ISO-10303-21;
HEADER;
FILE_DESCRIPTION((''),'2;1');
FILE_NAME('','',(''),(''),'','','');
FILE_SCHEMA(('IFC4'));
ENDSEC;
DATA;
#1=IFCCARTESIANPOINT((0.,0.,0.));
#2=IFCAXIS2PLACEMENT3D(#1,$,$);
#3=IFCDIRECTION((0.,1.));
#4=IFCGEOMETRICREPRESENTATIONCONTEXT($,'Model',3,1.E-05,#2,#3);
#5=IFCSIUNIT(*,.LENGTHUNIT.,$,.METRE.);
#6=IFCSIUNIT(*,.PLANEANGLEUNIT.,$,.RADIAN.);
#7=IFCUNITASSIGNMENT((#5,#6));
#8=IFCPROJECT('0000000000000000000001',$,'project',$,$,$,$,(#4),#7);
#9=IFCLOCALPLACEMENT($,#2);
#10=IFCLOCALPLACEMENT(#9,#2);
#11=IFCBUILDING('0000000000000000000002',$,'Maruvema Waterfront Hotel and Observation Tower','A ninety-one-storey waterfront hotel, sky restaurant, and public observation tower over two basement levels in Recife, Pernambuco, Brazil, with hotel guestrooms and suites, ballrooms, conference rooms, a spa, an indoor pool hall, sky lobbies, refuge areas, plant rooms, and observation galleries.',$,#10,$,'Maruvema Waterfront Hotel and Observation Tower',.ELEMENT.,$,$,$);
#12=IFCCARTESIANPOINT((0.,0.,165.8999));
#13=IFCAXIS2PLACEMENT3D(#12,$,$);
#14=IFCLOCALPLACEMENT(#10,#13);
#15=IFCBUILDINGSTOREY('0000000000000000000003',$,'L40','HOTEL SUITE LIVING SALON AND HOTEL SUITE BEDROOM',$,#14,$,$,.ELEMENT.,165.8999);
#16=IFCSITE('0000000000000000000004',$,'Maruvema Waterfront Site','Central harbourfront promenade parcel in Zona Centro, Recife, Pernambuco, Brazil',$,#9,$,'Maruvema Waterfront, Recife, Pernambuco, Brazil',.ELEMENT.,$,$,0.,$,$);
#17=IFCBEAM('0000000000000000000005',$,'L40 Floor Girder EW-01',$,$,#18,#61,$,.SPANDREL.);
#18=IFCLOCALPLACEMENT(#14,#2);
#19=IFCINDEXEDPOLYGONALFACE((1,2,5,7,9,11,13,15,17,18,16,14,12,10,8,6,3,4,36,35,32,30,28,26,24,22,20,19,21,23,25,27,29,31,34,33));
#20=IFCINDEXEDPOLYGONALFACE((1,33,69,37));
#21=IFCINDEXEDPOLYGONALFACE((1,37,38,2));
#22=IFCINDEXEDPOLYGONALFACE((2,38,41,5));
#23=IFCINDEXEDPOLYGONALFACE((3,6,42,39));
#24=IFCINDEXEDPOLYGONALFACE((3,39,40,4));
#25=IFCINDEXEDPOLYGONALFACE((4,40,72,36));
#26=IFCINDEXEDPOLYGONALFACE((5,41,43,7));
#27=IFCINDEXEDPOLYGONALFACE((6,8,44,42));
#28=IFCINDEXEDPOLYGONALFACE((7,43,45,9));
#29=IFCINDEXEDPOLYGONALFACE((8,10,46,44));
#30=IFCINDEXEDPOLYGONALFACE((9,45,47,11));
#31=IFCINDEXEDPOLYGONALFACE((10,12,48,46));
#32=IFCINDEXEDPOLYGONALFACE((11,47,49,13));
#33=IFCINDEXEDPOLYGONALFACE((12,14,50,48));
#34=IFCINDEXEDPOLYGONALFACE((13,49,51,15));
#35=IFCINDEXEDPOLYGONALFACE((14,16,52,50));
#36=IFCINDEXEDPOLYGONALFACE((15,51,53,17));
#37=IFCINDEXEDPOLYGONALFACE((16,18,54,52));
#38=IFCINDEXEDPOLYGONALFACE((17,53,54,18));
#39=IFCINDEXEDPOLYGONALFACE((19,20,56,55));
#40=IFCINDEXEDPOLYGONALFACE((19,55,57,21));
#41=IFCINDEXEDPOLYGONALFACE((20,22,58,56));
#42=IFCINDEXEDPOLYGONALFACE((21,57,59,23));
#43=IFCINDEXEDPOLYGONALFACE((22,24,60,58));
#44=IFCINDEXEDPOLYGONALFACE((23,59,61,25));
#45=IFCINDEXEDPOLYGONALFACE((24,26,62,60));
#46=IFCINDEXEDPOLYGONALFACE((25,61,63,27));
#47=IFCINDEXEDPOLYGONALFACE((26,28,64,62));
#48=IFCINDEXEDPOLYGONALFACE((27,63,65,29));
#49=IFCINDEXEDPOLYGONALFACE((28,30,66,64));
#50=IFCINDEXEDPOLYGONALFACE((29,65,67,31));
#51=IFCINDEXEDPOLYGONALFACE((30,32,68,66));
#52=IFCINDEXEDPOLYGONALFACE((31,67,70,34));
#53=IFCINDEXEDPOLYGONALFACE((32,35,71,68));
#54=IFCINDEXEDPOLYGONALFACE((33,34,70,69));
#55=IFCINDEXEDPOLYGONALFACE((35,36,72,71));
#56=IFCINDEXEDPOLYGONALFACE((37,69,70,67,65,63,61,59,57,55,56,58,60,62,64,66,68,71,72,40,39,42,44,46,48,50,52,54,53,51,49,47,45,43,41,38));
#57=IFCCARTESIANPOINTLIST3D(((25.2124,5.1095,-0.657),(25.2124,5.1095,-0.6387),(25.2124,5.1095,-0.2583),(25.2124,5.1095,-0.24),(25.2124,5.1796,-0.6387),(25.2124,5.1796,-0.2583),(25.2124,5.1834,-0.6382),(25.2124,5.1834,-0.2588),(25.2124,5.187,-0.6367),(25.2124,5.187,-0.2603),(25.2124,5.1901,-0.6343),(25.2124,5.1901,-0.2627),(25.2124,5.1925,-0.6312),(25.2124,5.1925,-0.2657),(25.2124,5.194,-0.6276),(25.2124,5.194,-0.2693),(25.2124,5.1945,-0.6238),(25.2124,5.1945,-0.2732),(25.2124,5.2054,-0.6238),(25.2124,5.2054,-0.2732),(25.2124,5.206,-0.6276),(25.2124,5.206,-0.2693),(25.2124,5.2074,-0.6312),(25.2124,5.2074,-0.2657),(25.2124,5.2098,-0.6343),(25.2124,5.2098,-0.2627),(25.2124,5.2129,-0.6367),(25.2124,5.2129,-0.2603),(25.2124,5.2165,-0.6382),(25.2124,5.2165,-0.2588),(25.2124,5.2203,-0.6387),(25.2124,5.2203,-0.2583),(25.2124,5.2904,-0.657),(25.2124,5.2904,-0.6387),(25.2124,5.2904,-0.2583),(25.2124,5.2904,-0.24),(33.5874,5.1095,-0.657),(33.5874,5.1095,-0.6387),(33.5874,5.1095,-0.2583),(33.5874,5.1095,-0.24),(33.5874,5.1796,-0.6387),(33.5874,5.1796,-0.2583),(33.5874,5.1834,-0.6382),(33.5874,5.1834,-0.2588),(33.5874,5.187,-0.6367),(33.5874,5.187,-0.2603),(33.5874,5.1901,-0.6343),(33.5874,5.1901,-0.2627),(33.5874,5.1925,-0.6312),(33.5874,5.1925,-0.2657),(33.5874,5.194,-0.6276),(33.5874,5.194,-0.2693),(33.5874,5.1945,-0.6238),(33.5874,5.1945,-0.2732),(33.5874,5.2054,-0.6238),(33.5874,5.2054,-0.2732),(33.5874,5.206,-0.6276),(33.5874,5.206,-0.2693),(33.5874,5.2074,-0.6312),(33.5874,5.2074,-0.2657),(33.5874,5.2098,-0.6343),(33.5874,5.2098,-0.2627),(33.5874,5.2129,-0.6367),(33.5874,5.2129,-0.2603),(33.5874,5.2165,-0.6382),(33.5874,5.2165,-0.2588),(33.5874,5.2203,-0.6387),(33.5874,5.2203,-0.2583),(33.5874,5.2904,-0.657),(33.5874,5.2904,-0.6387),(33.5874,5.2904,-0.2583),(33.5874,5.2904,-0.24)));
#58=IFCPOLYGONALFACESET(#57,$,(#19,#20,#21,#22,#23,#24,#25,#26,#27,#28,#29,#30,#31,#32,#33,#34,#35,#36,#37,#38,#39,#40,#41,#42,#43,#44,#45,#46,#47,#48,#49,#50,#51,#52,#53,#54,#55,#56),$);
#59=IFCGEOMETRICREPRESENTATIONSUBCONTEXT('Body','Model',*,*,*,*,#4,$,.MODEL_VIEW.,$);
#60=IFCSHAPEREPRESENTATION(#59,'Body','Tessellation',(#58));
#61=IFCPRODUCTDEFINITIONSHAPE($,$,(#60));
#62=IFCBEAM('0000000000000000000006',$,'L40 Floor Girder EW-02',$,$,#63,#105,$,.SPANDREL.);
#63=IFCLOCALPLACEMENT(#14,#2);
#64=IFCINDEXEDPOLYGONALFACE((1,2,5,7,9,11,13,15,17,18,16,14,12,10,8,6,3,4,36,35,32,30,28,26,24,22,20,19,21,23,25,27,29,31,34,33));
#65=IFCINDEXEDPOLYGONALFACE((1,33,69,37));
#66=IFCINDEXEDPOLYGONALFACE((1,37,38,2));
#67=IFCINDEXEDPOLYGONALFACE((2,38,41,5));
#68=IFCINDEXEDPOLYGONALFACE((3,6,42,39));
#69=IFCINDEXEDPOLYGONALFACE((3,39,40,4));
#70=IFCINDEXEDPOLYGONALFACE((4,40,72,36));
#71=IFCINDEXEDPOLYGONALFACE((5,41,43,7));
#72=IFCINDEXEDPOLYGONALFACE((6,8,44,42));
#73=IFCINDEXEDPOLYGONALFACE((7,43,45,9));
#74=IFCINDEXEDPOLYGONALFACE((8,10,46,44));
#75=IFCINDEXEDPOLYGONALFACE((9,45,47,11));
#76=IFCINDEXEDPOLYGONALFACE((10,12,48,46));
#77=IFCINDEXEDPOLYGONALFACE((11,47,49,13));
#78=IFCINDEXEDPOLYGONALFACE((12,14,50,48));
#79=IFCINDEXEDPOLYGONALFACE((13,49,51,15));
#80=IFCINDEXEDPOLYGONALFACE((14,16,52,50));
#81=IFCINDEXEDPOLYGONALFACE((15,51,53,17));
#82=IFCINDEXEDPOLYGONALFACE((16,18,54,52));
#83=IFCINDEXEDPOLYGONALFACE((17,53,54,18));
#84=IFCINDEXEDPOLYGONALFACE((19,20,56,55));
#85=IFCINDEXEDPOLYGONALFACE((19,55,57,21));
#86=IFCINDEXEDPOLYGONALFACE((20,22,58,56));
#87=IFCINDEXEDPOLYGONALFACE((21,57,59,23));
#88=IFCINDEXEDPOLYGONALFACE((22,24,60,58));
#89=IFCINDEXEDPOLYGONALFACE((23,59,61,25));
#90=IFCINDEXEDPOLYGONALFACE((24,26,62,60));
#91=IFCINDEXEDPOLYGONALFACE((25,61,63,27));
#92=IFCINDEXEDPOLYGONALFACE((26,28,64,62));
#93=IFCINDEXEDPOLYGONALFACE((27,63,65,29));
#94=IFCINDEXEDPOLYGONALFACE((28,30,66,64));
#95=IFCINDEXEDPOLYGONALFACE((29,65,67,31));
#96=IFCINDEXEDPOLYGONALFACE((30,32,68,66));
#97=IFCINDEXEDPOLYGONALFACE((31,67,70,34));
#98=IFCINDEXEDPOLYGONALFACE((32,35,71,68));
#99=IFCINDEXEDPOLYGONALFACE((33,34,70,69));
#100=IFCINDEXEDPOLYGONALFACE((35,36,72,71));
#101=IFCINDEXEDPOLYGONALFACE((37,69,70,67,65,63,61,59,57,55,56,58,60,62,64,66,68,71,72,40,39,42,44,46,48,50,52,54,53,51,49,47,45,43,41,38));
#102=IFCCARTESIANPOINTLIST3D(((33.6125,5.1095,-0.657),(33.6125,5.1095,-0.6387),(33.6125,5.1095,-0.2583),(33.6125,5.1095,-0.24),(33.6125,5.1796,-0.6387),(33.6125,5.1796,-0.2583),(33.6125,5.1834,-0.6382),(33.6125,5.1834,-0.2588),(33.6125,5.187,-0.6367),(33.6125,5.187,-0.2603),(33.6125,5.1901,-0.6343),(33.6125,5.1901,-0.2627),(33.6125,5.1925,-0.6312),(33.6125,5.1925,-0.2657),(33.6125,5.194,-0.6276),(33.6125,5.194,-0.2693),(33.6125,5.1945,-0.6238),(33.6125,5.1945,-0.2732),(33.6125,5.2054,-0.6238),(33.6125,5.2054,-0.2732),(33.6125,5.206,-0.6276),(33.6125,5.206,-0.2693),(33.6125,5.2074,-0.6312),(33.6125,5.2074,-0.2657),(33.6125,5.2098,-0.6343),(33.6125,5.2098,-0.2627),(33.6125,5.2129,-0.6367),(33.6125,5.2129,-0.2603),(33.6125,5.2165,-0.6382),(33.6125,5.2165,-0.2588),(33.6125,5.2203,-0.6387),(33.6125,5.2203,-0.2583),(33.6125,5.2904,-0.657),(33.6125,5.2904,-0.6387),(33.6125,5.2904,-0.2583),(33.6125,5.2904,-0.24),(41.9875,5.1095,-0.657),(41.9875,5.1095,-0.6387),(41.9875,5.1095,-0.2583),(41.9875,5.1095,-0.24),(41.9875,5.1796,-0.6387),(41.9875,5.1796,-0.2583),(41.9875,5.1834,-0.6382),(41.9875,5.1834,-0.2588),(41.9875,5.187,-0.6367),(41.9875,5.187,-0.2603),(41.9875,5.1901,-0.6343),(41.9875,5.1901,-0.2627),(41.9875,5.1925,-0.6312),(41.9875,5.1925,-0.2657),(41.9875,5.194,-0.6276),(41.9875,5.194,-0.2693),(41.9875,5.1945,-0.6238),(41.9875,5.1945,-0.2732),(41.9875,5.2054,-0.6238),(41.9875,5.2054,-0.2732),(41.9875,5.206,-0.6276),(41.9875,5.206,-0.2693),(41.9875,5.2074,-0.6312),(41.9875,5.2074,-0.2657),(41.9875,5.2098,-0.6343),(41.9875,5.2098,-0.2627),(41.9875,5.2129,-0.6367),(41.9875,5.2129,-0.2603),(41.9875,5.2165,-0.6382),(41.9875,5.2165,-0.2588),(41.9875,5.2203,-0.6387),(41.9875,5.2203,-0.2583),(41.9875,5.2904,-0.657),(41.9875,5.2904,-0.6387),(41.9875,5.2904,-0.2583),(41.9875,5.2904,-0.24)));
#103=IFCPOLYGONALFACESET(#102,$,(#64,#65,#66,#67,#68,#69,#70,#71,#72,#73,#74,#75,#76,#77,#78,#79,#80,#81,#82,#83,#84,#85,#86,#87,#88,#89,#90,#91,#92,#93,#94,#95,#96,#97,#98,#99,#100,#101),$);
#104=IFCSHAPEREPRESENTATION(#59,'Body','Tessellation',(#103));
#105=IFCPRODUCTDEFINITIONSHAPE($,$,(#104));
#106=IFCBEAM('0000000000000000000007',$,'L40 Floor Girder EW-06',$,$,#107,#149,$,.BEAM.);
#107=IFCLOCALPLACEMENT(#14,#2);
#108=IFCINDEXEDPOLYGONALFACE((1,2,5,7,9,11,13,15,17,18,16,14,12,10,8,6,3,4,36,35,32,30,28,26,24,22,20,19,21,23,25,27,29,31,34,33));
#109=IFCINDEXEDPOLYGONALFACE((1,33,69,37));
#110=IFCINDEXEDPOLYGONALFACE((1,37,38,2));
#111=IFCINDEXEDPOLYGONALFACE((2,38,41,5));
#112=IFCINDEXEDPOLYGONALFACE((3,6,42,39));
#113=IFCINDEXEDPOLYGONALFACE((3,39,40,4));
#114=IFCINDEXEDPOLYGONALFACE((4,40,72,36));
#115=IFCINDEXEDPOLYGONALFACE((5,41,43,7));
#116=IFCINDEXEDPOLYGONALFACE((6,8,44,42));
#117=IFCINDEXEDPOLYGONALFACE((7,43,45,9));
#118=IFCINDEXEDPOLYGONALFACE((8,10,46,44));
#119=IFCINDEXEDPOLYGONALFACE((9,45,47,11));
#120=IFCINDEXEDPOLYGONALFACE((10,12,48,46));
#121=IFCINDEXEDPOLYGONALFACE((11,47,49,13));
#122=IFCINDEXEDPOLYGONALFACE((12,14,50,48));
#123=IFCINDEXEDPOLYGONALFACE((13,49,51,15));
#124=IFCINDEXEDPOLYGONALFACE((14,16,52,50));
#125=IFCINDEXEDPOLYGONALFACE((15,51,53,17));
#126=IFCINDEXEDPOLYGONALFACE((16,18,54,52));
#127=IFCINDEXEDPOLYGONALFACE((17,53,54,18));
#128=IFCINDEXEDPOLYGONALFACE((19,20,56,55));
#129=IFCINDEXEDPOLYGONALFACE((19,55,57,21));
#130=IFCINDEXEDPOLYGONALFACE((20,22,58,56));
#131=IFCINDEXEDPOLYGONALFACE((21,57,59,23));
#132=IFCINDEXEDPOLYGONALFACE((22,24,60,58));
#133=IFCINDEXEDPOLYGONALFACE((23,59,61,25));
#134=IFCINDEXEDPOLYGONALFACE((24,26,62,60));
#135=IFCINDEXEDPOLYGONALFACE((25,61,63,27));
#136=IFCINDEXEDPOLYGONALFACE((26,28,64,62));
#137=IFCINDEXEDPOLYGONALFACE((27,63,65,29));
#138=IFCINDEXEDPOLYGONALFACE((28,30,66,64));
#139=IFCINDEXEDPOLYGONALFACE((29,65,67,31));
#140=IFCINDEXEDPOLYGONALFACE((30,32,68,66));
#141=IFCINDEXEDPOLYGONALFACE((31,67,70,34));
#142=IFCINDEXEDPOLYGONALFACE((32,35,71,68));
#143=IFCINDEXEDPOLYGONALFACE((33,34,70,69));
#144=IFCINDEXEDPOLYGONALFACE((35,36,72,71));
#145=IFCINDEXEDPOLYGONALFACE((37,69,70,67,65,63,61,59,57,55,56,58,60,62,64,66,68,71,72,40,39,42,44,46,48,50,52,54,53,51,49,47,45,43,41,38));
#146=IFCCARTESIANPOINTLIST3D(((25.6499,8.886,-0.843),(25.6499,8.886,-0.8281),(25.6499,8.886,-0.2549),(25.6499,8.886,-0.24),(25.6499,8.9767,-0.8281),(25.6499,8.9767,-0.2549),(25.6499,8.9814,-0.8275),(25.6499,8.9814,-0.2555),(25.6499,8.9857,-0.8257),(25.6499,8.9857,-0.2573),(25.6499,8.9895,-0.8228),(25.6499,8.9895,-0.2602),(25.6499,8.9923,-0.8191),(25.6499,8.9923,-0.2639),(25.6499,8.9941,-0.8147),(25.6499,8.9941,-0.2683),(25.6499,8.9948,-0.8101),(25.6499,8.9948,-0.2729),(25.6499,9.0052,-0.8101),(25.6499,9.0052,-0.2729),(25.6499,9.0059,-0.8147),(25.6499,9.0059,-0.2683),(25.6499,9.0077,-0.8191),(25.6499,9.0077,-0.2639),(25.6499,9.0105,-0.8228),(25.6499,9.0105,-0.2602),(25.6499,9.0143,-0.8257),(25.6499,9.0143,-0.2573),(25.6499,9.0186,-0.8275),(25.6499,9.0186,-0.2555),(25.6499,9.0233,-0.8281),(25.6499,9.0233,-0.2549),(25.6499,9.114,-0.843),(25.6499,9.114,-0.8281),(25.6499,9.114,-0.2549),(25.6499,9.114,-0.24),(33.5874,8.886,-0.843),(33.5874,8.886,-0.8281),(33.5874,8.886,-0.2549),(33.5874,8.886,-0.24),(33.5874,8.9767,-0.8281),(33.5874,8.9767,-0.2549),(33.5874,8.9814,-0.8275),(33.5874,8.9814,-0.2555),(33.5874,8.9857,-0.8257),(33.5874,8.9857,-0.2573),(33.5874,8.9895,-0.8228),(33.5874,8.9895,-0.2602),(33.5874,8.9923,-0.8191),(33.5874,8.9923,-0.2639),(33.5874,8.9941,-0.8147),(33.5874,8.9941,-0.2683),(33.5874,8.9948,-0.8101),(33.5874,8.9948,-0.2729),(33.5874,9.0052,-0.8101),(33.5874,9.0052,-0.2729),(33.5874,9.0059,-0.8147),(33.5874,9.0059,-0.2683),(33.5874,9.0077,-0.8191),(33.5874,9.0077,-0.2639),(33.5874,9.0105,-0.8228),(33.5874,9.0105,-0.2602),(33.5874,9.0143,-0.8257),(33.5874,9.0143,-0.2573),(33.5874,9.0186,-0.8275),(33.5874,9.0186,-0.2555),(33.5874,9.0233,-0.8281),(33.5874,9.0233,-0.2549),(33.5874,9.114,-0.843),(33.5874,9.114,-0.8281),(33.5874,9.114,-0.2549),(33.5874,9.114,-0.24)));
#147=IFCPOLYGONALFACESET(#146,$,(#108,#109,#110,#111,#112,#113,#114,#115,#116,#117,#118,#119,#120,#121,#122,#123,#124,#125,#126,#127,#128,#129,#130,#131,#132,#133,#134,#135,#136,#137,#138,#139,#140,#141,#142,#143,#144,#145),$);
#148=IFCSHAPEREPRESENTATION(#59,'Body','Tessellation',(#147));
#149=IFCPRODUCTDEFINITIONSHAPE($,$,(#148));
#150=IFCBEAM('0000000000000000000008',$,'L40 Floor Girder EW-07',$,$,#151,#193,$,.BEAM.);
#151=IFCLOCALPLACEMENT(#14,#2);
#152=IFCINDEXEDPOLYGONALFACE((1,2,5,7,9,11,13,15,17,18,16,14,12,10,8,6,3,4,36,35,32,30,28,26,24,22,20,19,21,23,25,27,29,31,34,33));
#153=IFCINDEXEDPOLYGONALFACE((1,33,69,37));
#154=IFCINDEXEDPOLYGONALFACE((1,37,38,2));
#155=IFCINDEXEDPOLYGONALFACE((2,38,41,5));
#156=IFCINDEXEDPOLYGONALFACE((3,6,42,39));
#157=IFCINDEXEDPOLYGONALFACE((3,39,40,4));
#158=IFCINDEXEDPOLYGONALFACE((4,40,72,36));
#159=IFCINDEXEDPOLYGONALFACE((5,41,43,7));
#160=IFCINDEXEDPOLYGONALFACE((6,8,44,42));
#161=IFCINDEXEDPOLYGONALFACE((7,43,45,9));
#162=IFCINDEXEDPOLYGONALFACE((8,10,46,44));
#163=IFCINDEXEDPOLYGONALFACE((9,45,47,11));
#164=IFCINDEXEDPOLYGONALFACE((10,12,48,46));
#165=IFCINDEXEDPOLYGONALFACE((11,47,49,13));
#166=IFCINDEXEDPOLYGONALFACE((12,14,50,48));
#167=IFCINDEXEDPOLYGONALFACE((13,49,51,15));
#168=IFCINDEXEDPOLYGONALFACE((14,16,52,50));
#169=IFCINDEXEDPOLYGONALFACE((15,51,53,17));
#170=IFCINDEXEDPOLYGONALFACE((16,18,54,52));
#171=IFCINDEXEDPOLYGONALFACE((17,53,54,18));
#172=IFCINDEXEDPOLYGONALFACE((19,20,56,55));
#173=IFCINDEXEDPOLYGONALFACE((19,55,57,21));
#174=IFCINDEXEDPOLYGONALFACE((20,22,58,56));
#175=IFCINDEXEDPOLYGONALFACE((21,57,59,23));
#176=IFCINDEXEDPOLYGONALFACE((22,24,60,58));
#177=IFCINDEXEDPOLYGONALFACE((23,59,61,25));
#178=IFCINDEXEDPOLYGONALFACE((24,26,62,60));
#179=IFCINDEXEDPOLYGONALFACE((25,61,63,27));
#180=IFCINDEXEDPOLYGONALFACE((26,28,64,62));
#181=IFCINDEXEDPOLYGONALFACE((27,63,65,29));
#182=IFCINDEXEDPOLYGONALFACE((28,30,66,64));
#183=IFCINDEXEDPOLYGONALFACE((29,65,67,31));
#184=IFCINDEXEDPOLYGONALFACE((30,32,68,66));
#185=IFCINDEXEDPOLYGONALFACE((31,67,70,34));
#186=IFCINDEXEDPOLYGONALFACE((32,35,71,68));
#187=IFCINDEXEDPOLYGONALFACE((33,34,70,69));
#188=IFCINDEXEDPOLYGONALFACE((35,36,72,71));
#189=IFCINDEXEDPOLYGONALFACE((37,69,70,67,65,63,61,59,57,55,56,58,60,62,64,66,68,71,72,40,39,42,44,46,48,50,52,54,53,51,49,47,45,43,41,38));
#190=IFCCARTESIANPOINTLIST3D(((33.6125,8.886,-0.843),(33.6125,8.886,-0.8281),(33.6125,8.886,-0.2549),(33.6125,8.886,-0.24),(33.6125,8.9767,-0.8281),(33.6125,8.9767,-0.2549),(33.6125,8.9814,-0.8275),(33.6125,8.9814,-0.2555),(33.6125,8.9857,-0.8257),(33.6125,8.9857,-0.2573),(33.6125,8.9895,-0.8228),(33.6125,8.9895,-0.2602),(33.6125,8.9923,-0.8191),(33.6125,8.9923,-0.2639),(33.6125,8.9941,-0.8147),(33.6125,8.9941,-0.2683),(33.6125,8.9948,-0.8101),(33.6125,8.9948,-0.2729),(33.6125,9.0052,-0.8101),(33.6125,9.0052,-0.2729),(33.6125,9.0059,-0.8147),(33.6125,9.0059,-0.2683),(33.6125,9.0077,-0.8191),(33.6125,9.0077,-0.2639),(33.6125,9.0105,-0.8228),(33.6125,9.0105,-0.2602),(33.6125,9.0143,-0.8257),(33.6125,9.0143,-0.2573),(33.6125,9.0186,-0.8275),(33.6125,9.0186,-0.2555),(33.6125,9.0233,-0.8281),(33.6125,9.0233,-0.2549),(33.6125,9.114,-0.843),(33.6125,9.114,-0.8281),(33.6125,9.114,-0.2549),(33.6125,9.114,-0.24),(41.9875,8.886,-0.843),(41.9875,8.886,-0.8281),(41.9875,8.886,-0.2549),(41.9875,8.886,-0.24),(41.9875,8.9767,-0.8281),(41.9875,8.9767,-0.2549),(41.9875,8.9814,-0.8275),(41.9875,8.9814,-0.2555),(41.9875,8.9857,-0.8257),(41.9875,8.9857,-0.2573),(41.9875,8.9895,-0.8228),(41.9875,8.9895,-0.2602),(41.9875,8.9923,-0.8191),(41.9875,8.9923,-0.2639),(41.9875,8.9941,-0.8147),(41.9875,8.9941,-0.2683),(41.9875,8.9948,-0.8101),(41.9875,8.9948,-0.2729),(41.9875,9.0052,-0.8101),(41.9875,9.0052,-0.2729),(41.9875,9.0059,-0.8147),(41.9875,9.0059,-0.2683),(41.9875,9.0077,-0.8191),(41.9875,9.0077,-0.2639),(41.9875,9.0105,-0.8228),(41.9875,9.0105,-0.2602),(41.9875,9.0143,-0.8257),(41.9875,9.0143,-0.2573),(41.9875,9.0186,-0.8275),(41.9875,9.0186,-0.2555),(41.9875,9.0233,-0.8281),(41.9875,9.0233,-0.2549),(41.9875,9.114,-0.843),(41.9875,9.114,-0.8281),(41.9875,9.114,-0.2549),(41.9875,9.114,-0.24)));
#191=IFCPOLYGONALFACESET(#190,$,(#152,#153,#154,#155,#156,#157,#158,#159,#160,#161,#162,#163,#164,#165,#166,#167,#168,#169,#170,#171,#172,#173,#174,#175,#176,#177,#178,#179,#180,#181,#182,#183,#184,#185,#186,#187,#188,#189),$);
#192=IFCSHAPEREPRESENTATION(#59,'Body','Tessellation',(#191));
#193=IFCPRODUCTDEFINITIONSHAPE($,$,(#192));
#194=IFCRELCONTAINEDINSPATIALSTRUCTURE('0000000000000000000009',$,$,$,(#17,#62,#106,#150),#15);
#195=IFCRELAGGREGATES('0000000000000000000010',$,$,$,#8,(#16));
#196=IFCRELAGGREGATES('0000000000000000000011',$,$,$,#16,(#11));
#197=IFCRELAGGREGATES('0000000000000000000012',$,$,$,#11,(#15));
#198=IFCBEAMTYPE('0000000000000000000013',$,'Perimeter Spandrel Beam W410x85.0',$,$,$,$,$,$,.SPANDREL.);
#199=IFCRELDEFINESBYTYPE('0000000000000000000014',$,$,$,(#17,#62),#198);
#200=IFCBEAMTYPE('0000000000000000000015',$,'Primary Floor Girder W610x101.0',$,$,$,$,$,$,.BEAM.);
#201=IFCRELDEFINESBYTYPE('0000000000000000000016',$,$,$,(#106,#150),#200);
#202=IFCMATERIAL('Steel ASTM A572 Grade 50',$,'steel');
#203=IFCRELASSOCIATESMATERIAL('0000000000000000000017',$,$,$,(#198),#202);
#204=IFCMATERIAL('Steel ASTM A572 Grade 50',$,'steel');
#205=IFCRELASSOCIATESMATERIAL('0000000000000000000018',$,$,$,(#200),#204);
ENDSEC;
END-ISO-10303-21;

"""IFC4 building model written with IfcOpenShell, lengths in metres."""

from ifc_helpers import new_model, si_unit, direction, frame, origin, origin_2d, place, context, subcontext, project, spatial, i_section, extrude, material, material_profile, profile_set, type_object, element, save


model = new_model("IFC4")

# Units and contexts
model_context = context("Model", 3, precision=1e-05, world=origin(), true_north=direction((0.0, 1.0)))
body_context = subcontext(model_context, "Body", "Model", "MODEL_VIEW")
ifc_project = project(units=[si_unit("LENGTHUNIT", "METRE"), si_unit("PLANEANGLEUNIT", "RADIAN")], contexts=[model_context])

# Site, building, storey
site_placement = place(None, origin())
site = spatial("IfcSite", under=ifc_project, at=site_placement, Name="Maruvema Waterfront Site", Description="Central harbourfront promenade parcel in Zona Centro, Recife, Pernambuco, Brazil", LongName="Maruvema Waterfront, Recife, Pernambuco, Brazil", CompositionType="ELEMENT", RefElevation=0.0)
building_placement = place(site_placement, origin())
building = spatial("IfcBuilding", under=site, at=building_placement, Name="Maruvema Waterfront Hotel and Observation Tower", Description="A ninety-one-storey waterfront hotel, sky restaurant, and public observation tower over two basement levels in Recife, Pernambuco, Brazil, with hotel guestrooms and suites, ballrooms, conference rooms, a spa, an indoor pool hall, sky lobbies, refuge areas, plant rooms, and observation galleries.", LongName="Maruvema Waterfront Hotel and Observation Tower", CompositionType="ELEMENT")
storey_placement = place(building_placement, frame((0.0, 0.0, 165.8999)))
storey = spatial("IfcBuildingStorey", under=building, at=storey_placement, Name="L40", Description="HOTEL SUITE LIVING SALON AND HOTEL SUITE BEDROOM", CompositionType="ELEMENT", Elevation=165.8999)

# Beams
ifc_material_1 = material(Name="Steel ASTM A572 Grade 50", Category="steel")
ifc_material_profile_1 = material_profile(ifc_material_1, i_section(OverallWidth=0.1809, OverallDepth=0.417, WebThickness=0.011, FlangeThickness=0.0183, FilletRadius=0.0149, at=origin_2d()), Name="W410x85.0")
ifc_profile_set_1 = profile_set([ifc_material_profile_1], Name="Steel ASTM A572 Grade 50")
beam_type_1 = type_object("IfcBeamType", Name="Perimeter Spandrel Beam W410x85.0", PredefinedType="SPANDREL", material=ifc_profile_set_1)
for number, where, z_axis, x_axis, name in (
    (1, (25.2124, 5.2, -0.4485), (1.0, 0.0, 0.0), (0.0, 1.0, 0.0), "L40 Floor Girder EW-01"),
    (2, (33.6125, 5.2, -0.4485), (1.0, 0.0, 0.0), (0.0, 1.0, 0.0), "L40 Floor Girder EW-02"),
):
    element("IfcBeam", number, at=place(storey_placement, frame(where, z_axis=z_axis, x_axis=x_axis)), inside=storey, type_object=beam_type_1, Name=name, PredefinedType="SPANDREL", context=body_context, shape_type="SweptSolid", body=[
        extrude(i_section(OverallWidth=0.1809, OverallDepth=0.417, WebThickness=0.011, FlangeThickness=0.0183, FilletRadius=0.0149, at=origin_2d()), origin(), (0.0, 0.0, 1.0), 8.375),
    ])
ifc_material_2 = material(Name="Steel ASTM A572 Grade 50", Category="steel")
ifc_material_profile_2 = material_profile(ifc_material_2, i_section(OverallWidth=0.228, OverallDepth=0.603, WebThickness=0.0105, FlangeThickness=0.0149, FilletRadius=0.0181, at=origin_2d()), Name="W610x101.0")
ifc_profile_set_2 = profile_set([ifc_material_profile_2], Name="Steel ASTM A572 Grade 50")
beam_type_2 = type_object("IfcBeamType", Name="Primary Floor Girder W610x101.0", PredefinedType="BEAM", material=ifc_profile_set_2)
beam_1_placement = place(storey_placement, frame((25.6499, 9.0, -0.5415), z_axis=(1.0, 0.0, 0.0), x_axis=(0.0, 1.0, 0.0)))
element("IfcBeam", 3, at=beam_1_placement, inside=storey, type_object=beam_type_2, Name="L40 Floor Girder EW-06", PredefinedType="BEAM", context=body_context, shape_type="SweptSolid", body=[
    extrude(i_section(OverallWidth=0.228, OverallDepth=0.603, WebThickness=0.0105, FlangeThickness=0.0149, FilletRadius=0.0181, at=origin_2d()), origin(), (0.0, 0.0, 1.0), 7.9375),
])
beam_2_placement = place(storey_placement, frame((33.6125, 9.0, -0.5415), z_axis=(1.0, 0.0, 0.0), x_axis=(0.0, 1.0, 0.0)))
element("IfcBeam", 4, at=beam_2_placement, inside=storey, type_object=beam_type_2, Name="L40 Floor Girder EW-07", PredefinedType="BEAM", context=body_context, shape_type="SweptSolid", body=[
    extrude(i_section(OverallWidth=0.228, OverallDepth=0.603, WebThickness=0.0105, FlangeThickness=0.0149, FilletRadius=0.0181, at=origin_2d()), origin(), (0.0, 0.0, 1.0), 8.375),
])

save(model, "model.ifc")
